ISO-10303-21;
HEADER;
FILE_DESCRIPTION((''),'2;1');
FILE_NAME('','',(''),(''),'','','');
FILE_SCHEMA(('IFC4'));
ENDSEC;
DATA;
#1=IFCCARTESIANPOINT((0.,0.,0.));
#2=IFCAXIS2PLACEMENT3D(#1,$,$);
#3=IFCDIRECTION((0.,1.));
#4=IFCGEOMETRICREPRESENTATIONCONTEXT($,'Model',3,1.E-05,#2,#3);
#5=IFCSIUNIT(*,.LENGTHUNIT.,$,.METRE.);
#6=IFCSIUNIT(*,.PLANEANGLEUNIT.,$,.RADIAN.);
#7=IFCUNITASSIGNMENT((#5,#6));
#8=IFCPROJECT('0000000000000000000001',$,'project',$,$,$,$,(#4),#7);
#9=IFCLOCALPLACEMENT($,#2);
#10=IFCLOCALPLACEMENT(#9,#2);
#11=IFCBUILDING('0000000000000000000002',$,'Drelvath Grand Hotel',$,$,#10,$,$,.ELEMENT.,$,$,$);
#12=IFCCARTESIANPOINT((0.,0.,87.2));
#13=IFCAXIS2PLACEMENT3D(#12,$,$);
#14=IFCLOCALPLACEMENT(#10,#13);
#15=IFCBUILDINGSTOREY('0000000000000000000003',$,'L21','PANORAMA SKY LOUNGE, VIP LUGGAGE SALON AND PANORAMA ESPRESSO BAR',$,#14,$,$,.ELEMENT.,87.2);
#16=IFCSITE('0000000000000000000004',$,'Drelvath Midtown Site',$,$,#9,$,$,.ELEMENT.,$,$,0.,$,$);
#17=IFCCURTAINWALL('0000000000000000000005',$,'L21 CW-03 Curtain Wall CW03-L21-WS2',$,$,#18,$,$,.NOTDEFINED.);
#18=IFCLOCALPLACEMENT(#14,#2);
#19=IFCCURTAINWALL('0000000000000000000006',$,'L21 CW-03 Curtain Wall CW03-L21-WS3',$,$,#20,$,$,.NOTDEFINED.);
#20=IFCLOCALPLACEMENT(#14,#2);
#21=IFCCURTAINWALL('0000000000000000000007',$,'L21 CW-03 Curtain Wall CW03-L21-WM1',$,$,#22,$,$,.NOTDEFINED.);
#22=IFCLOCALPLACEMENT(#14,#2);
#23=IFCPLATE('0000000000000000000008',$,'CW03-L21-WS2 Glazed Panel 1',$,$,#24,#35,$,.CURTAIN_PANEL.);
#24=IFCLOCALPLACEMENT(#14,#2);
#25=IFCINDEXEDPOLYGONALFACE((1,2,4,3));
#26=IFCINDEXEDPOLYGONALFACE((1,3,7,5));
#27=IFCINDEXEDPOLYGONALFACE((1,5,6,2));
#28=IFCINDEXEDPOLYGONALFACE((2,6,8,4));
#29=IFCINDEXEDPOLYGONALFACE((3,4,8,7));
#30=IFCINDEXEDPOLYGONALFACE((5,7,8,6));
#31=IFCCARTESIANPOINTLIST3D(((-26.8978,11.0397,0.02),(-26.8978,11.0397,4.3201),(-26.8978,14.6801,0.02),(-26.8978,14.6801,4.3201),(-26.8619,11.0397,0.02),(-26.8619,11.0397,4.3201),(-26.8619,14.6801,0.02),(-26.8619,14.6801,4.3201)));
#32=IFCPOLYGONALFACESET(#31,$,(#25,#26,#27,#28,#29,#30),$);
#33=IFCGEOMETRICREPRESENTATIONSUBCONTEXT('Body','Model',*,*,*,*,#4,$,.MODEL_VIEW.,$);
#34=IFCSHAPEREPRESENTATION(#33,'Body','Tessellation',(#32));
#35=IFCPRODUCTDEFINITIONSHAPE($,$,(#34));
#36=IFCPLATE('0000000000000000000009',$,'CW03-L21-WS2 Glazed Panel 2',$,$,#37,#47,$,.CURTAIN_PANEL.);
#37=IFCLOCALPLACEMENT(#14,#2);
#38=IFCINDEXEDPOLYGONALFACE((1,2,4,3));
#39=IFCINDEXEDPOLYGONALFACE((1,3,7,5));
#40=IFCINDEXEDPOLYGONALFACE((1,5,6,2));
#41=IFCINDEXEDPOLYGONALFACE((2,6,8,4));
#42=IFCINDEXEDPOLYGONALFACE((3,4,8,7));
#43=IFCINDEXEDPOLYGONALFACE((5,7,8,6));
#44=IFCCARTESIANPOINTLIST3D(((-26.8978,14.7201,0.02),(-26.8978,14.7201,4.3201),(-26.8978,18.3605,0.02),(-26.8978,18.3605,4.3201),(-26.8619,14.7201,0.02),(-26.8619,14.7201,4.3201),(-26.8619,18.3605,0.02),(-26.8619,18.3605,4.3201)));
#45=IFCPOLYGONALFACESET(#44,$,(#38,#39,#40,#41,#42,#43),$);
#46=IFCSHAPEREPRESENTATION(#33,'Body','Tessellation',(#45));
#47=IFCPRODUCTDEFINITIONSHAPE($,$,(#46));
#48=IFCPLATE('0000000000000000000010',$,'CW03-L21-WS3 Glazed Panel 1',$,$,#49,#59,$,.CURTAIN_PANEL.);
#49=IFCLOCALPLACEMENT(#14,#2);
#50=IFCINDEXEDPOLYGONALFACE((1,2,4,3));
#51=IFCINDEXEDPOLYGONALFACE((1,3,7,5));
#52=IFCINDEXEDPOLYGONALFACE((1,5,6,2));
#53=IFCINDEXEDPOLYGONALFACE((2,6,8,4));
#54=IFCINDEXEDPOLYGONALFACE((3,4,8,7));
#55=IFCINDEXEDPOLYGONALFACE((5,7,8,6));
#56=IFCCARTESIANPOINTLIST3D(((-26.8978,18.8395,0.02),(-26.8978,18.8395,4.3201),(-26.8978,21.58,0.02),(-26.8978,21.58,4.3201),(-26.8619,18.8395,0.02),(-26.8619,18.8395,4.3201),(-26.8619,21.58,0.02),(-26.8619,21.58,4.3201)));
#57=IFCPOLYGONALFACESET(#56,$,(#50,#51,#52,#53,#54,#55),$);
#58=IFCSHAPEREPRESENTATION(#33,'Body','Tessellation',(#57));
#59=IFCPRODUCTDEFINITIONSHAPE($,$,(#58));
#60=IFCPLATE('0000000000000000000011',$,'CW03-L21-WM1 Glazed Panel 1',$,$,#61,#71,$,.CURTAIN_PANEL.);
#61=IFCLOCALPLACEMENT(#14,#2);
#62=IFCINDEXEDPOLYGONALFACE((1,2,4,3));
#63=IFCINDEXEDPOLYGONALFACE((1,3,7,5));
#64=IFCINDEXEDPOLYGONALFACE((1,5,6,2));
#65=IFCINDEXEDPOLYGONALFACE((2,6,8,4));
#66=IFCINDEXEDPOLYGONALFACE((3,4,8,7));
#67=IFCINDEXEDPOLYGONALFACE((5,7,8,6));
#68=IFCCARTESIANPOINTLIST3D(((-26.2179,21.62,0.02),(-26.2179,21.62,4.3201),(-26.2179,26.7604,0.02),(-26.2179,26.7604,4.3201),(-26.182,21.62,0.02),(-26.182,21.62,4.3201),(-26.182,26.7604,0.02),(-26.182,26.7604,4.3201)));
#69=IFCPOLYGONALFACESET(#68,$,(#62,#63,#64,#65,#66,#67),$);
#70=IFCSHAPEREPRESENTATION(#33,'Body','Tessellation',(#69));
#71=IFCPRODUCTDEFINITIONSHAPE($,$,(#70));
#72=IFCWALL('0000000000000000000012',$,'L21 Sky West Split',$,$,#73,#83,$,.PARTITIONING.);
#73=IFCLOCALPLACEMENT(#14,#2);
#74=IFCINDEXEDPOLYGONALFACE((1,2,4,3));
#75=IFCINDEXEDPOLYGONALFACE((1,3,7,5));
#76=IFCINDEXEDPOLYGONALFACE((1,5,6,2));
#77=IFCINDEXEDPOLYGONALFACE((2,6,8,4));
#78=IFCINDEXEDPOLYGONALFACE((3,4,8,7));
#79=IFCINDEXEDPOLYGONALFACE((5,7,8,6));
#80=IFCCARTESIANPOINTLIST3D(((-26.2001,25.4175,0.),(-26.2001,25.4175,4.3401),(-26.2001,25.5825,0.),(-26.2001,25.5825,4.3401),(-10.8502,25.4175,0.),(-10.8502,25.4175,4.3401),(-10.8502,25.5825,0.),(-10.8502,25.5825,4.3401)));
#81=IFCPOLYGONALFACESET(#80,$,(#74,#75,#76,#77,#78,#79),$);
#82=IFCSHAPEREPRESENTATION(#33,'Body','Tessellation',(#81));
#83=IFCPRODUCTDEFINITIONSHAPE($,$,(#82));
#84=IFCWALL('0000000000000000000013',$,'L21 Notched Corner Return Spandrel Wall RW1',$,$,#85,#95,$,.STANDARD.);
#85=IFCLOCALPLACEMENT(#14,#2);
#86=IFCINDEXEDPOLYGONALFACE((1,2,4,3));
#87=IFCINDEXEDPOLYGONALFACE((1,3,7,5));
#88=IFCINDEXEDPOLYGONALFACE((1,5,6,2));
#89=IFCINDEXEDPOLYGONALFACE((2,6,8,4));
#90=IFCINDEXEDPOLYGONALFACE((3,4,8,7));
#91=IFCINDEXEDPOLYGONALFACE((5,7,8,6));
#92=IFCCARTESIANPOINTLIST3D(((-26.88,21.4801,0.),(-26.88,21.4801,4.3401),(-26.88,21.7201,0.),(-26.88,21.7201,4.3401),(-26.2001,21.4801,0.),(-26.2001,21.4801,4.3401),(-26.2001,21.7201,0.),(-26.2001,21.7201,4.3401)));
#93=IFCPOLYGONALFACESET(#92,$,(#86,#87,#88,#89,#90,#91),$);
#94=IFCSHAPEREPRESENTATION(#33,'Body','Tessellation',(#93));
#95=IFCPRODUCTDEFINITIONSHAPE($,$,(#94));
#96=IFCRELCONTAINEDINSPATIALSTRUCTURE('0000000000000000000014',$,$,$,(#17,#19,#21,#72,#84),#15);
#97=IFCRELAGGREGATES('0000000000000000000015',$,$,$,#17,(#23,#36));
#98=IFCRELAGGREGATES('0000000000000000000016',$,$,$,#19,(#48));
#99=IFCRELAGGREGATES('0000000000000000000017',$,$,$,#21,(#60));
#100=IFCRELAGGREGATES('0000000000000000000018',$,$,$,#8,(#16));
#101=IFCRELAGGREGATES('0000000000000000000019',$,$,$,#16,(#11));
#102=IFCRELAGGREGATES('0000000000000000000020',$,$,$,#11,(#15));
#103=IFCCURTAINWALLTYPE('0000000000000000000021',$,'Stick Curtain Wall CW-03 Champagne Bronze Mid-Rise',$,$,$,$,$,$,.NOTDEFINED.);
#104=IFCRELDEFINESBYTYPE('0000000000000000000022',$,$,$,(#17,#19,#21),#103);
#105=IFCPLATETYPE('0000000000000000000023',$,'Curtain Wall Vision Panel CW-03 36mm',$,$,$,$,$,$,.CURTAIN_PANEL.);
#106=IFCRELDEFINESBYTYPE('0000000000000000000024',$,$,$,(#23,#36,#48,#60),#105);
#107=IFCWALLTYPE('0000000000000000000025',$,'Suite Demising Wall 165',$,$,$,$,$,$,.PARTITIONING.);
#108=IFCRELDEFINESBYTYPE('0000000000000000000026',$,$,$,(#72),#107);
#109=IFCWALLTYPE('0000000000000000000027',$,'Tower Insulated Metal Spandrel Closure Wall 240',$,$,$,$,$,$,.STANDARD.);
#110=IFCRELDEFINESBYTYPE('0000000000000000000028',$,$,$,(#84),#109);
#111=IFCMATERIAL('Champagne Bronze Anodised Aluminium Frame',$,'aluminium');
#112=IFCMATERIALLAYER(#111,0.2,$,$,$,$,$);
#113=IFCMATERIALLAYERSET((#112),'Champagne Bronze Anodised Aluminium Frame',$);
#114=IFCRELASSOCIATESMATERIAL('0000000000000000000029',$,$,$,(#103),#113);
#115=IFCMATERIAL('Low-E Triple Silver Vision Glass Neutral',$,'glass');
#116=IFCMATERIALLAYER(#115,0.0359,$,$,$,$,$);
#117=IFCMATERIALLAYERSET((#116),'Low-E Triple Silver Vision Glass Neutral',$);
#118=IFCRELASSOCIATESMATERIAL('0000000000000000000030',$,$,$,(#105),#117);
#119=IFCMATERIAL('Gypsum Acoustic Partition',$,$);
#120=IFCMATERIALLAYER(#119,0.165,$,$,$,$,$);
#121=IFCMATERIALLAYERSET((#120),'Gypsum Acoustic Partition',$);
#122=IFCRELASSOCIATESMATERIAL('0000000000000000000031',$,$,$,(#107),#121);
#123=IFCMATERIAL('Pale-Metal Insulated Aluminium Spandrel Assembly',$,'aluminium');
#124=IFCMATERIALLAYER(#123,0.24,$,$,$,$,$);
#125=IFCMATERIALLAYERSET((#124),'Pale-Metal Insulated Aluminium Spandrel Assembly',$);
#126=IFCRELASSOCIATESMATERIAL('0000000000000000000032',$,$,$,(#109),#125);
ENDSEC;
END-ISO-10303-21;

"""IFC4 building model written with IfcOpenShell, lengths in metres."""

from ifc_helpers import new_model, si_unit, direction, frame, frame_2d, origin, origin_2d, place, context, subcontext, project, spatial, rectangle, extrude, material, layer, layer_set, type_object, element, aggregate, save


model = new_model("IFC4")

# Units and contexts
model_context = context("Model", 3, precision=1e-05, world=origin(), true_north=direction((0.0, 1.0)))
body_context = subcontext(model_context, "Body", "Model", "MODEL_VIEW")
ifc_project = project(units=[si_unit("LENGTHUNIT", "METRE"), si_unit("PLANEANGLEUNIT", "RADIAN")], contexts=[model_context])

# Site, building, storey
site_placement = place(None, origin())
site = spatial("IfcSite", under=ifc_project, at=site_placement, Name="Drelvath Midtown Site", CompositionType="ELEMENT", RefElevation=0.0)
building_placement = place(site_placement, origin())
building = spatial("IfcBuilding", under=site, at=building_placement, Name="Drelvath Grand Hotel", CompositionType="ELEMENT")
storey_placement = place(building_placement, frame((0.0, 0.0, 87.2)))
storey = spatial("IfcBuildingStorey", under=building, at=storey_placement, Name="L21", Description="PANORAMA SKY LOUNGE, VIP LUGGAGE SALON AND PANORAMA ESPRESSO BAR", CompositionType="ELEMENT", Elevation=87.2)

# Curtain walls
ifc_material_1 = material(Name="Champagne Bronze Anodised Aluminium Frame", Category="aluminium")
ifc_layer_1 = layer(ifc_material_1, 0.2)
ifc_layer_set_1 = layer_set([ifc_layer_1], Name="Champagne Bronze Anodised Aluminium Frame")
curtain_wall_type = type_object("IfcCurtainWallType", Name="Stick Curtain Wall CW-03 Champagne Bronze Mid-Rise", PredefinedType="NOTDEFINED", material=ifc_layer_set_1)
curtain_wall_1_placement = place(storey_placement, origin())
curtain_wall_1 = element("IfcCurtainWall", 1, at=curtain_wall_1_placement, inside=storey, type_object=curtain_wall_type, Name="L21 CW-03 Curtain Wall CW03-L21-WS2", PredefinedType="NOTDEFINED")
curtain_wall_2_placement = place(storey_placement, origin())
curtain_wall_2 = element("IfcCurtainWall", 2, at=curtain_wall_2_placement, inside=storey, type_object=curtain_wall_type, Name="L21 CW-03 Curtain Wall CW03-L21-WS3", PredefinedType="NOTDEFINED")
curtain_wall_3_placement = place(storey_placement, origin())
curtain_wall_3 = element("IfcCurtainWall", 3, at=curtain_wall_3_placement, inside=storey, type_object=curtain_wall_type, Name="L21 CW-03 Curtain Wall CW03-L21-WM1", PredefinedType="NOTDEFINED")

# Plates
ifc_material_2 = material(Name="Low-E Triple Silver Vision Glass Neutral", Category="glass")
ifc_layer_2 = layer(ifc_material_2, 0.0359)
ifc_layer_set_2 = layer_set([ifc_layer_2], Name="Low-E Triple Silver Vision Glass Neutral")
plate_type = type_object("IfcPlateType", Name="Curtain Wall Vision Panel CW-03 36mm", PredefinedType="CURTAIN_PANEL", material=ifc_layer_set_2)
plate_1_placement = place(storey_placement, frame((-26.8799, 12.8599, 0.02), z_axis=(0.0, 0.0, 1.0), x_axis=(0.0, 1.0, 0.0)))
plate_1 = element("IfcPlate", 4, at=plate_1_placement, type_object=plate_type, Name="CW03-L21-WS2 Glazed Panel 1", PredefinedType="CURTAIN_PANEL", context=body_context, shape_type="SweptSolid", body=[
    extrude(rectangle(XDim=3.6404, YDim=0.0359, at=origin_2d()), origin(), (0.0, 0.0, 1.0), 4.3),
])
plate_2_placement = place(storey_placement, frame((-26.8799, 16.5403, 0.02), z_axis=(0.0, 0.0, 1.0), x_axis=(0.0, 1.0, 0.0)))
plate_2 = element("IfcPlate", 5, at=plate_2_placement, type_object=plate_type, Name="CW03-L21-WS2 Glazed Panel 2", PredefinedType="CURTAIN_PANEL", context=body_context, shape_type="SweptSolid", body=[
    extrude(rectangle(XDim=3.6404, YDim=0.0359, at=origin_2d()), origin(), (0.0, 0.0, 1.0), 4.3),
])
aggregate(curtain_wall_1, [plate_1, plate_2])
plate_3_placement = place(storey_placement, frame((-26.8799, 20.2097, 0.02), z_axis=(0.0, 0.0, 1.0), x_axis=(0.0, 1.0, 0.0)))
plate_3 = element("IfcPlate", 6, at=plate_3_placement, type_object=plate_type, Name="CW03-L21-WS3 Glazed Panel 1", PredefinedType="CURTAIN_PANEL", context=body_context, shape_type="SweptSolid", body=[
    extrude(rectangle(XDim=2.7405, YDim=0.0359, at=origin_2d()), origin(), (0.0, 0.0, 1.0), 4.3),
])
aggregate(curtain_wall_2, [plate_3])
plate_4_placement = place(storey_placement, frame((-26.2, 24.1902, 0.02), z_axis=(0.0, 0.0, 1.0), x_axis=(0.0, 1.0, 0.0)))
plate_4 = element("IfcPlate", 7, at=plate_4_placement, type_object=plate_type, Name="CW03-L21-WM1 Glazed Panel 1", PredefinedType="CURTAIN_PANEL", context=body_context, shape_type="SweptSolid", body=[
    extrude(rectangle(XDim=5.1404, YDim=0.0359, at=origin_2d()), origin(), (0.0, 0.0, 1.0), 4.3),
])
aggregate(curtain_wall_3, [plate_4])

# Walls
ifc_material_3 = material(Name="Gypsum Acoustic Partition")
ifc_layer_3 = layer(ifc_material_3, 0.165)
ifc_layer_set_3 = layer_set([ifc_layer_3], Name="Gypsum Acoustic Partition")
wall_type_1 = type_object("IfcWallType", Name="Suite Demising Wall 165", PredefinedType="PARTITIONING", material=ifc_layer_set_3)
wall_1_placement = place(storey_placement, frame((-26.2, 25.5, 0.0), z_axis=(0.0, 0.0, 1.0), x_axis=(1.0, 0.0, 0.0)))
element("IfcWall", 8, at=wall_1_placement, inside=storey, type_object=wall_type_1, Name="L21 Sky West Split", PredefinedType="PARTITIONING", context=body_context, shape_type="SweptSolid", body=[
    extrude(rectangle(XDim=15.3499, YDim=0.165, at=frame_2d((7.6748, 0.0))), origin(), (0.0, 0.0, 1.0), 4.3401),
])
ifc_material_4 = material(Name="Pale-Metal Insulated Aluminium Spandrel Assembly", Category="aluminium")
ifc_layer_4 = layer(ifc_material_4, 0.24)
ifc_layer_set_4 = layer_set([ifc_layer_4], Name="Pale-Metal Insulated Aluminium Spandrel Assembly")
wall_type_2 = type_object("IfcWallType", Name="Tower Insulated Metal Spandrel Closure Wall 240", PredefinedType="STANDARD", material=ifc_layer_set_4)
wall_2_placement = place(storey_placement, frame((-26.8799, 21.6001, 0.0), z_axis=(0.0, 0.0, 1.0), x_axis=(1.0, 0.0, 0.0)))
element("IfcWall", 9, at=wall_2_placement, inside=storey, type_object=wall_type_2, Name="L21 Notched Corner Return Spandrel Wall RW1", PredefinedType="STANDARD", context=body_context, shape_type="SweptSolid", body=[
    extrude(rectangle(XDim=0.6799, YDim=0.24, at=frame_2d((0.3398, 0.0))), origin(), (0.0, 0.0, 1.0), 4.3401),
])

save(model, "model.ifc")
